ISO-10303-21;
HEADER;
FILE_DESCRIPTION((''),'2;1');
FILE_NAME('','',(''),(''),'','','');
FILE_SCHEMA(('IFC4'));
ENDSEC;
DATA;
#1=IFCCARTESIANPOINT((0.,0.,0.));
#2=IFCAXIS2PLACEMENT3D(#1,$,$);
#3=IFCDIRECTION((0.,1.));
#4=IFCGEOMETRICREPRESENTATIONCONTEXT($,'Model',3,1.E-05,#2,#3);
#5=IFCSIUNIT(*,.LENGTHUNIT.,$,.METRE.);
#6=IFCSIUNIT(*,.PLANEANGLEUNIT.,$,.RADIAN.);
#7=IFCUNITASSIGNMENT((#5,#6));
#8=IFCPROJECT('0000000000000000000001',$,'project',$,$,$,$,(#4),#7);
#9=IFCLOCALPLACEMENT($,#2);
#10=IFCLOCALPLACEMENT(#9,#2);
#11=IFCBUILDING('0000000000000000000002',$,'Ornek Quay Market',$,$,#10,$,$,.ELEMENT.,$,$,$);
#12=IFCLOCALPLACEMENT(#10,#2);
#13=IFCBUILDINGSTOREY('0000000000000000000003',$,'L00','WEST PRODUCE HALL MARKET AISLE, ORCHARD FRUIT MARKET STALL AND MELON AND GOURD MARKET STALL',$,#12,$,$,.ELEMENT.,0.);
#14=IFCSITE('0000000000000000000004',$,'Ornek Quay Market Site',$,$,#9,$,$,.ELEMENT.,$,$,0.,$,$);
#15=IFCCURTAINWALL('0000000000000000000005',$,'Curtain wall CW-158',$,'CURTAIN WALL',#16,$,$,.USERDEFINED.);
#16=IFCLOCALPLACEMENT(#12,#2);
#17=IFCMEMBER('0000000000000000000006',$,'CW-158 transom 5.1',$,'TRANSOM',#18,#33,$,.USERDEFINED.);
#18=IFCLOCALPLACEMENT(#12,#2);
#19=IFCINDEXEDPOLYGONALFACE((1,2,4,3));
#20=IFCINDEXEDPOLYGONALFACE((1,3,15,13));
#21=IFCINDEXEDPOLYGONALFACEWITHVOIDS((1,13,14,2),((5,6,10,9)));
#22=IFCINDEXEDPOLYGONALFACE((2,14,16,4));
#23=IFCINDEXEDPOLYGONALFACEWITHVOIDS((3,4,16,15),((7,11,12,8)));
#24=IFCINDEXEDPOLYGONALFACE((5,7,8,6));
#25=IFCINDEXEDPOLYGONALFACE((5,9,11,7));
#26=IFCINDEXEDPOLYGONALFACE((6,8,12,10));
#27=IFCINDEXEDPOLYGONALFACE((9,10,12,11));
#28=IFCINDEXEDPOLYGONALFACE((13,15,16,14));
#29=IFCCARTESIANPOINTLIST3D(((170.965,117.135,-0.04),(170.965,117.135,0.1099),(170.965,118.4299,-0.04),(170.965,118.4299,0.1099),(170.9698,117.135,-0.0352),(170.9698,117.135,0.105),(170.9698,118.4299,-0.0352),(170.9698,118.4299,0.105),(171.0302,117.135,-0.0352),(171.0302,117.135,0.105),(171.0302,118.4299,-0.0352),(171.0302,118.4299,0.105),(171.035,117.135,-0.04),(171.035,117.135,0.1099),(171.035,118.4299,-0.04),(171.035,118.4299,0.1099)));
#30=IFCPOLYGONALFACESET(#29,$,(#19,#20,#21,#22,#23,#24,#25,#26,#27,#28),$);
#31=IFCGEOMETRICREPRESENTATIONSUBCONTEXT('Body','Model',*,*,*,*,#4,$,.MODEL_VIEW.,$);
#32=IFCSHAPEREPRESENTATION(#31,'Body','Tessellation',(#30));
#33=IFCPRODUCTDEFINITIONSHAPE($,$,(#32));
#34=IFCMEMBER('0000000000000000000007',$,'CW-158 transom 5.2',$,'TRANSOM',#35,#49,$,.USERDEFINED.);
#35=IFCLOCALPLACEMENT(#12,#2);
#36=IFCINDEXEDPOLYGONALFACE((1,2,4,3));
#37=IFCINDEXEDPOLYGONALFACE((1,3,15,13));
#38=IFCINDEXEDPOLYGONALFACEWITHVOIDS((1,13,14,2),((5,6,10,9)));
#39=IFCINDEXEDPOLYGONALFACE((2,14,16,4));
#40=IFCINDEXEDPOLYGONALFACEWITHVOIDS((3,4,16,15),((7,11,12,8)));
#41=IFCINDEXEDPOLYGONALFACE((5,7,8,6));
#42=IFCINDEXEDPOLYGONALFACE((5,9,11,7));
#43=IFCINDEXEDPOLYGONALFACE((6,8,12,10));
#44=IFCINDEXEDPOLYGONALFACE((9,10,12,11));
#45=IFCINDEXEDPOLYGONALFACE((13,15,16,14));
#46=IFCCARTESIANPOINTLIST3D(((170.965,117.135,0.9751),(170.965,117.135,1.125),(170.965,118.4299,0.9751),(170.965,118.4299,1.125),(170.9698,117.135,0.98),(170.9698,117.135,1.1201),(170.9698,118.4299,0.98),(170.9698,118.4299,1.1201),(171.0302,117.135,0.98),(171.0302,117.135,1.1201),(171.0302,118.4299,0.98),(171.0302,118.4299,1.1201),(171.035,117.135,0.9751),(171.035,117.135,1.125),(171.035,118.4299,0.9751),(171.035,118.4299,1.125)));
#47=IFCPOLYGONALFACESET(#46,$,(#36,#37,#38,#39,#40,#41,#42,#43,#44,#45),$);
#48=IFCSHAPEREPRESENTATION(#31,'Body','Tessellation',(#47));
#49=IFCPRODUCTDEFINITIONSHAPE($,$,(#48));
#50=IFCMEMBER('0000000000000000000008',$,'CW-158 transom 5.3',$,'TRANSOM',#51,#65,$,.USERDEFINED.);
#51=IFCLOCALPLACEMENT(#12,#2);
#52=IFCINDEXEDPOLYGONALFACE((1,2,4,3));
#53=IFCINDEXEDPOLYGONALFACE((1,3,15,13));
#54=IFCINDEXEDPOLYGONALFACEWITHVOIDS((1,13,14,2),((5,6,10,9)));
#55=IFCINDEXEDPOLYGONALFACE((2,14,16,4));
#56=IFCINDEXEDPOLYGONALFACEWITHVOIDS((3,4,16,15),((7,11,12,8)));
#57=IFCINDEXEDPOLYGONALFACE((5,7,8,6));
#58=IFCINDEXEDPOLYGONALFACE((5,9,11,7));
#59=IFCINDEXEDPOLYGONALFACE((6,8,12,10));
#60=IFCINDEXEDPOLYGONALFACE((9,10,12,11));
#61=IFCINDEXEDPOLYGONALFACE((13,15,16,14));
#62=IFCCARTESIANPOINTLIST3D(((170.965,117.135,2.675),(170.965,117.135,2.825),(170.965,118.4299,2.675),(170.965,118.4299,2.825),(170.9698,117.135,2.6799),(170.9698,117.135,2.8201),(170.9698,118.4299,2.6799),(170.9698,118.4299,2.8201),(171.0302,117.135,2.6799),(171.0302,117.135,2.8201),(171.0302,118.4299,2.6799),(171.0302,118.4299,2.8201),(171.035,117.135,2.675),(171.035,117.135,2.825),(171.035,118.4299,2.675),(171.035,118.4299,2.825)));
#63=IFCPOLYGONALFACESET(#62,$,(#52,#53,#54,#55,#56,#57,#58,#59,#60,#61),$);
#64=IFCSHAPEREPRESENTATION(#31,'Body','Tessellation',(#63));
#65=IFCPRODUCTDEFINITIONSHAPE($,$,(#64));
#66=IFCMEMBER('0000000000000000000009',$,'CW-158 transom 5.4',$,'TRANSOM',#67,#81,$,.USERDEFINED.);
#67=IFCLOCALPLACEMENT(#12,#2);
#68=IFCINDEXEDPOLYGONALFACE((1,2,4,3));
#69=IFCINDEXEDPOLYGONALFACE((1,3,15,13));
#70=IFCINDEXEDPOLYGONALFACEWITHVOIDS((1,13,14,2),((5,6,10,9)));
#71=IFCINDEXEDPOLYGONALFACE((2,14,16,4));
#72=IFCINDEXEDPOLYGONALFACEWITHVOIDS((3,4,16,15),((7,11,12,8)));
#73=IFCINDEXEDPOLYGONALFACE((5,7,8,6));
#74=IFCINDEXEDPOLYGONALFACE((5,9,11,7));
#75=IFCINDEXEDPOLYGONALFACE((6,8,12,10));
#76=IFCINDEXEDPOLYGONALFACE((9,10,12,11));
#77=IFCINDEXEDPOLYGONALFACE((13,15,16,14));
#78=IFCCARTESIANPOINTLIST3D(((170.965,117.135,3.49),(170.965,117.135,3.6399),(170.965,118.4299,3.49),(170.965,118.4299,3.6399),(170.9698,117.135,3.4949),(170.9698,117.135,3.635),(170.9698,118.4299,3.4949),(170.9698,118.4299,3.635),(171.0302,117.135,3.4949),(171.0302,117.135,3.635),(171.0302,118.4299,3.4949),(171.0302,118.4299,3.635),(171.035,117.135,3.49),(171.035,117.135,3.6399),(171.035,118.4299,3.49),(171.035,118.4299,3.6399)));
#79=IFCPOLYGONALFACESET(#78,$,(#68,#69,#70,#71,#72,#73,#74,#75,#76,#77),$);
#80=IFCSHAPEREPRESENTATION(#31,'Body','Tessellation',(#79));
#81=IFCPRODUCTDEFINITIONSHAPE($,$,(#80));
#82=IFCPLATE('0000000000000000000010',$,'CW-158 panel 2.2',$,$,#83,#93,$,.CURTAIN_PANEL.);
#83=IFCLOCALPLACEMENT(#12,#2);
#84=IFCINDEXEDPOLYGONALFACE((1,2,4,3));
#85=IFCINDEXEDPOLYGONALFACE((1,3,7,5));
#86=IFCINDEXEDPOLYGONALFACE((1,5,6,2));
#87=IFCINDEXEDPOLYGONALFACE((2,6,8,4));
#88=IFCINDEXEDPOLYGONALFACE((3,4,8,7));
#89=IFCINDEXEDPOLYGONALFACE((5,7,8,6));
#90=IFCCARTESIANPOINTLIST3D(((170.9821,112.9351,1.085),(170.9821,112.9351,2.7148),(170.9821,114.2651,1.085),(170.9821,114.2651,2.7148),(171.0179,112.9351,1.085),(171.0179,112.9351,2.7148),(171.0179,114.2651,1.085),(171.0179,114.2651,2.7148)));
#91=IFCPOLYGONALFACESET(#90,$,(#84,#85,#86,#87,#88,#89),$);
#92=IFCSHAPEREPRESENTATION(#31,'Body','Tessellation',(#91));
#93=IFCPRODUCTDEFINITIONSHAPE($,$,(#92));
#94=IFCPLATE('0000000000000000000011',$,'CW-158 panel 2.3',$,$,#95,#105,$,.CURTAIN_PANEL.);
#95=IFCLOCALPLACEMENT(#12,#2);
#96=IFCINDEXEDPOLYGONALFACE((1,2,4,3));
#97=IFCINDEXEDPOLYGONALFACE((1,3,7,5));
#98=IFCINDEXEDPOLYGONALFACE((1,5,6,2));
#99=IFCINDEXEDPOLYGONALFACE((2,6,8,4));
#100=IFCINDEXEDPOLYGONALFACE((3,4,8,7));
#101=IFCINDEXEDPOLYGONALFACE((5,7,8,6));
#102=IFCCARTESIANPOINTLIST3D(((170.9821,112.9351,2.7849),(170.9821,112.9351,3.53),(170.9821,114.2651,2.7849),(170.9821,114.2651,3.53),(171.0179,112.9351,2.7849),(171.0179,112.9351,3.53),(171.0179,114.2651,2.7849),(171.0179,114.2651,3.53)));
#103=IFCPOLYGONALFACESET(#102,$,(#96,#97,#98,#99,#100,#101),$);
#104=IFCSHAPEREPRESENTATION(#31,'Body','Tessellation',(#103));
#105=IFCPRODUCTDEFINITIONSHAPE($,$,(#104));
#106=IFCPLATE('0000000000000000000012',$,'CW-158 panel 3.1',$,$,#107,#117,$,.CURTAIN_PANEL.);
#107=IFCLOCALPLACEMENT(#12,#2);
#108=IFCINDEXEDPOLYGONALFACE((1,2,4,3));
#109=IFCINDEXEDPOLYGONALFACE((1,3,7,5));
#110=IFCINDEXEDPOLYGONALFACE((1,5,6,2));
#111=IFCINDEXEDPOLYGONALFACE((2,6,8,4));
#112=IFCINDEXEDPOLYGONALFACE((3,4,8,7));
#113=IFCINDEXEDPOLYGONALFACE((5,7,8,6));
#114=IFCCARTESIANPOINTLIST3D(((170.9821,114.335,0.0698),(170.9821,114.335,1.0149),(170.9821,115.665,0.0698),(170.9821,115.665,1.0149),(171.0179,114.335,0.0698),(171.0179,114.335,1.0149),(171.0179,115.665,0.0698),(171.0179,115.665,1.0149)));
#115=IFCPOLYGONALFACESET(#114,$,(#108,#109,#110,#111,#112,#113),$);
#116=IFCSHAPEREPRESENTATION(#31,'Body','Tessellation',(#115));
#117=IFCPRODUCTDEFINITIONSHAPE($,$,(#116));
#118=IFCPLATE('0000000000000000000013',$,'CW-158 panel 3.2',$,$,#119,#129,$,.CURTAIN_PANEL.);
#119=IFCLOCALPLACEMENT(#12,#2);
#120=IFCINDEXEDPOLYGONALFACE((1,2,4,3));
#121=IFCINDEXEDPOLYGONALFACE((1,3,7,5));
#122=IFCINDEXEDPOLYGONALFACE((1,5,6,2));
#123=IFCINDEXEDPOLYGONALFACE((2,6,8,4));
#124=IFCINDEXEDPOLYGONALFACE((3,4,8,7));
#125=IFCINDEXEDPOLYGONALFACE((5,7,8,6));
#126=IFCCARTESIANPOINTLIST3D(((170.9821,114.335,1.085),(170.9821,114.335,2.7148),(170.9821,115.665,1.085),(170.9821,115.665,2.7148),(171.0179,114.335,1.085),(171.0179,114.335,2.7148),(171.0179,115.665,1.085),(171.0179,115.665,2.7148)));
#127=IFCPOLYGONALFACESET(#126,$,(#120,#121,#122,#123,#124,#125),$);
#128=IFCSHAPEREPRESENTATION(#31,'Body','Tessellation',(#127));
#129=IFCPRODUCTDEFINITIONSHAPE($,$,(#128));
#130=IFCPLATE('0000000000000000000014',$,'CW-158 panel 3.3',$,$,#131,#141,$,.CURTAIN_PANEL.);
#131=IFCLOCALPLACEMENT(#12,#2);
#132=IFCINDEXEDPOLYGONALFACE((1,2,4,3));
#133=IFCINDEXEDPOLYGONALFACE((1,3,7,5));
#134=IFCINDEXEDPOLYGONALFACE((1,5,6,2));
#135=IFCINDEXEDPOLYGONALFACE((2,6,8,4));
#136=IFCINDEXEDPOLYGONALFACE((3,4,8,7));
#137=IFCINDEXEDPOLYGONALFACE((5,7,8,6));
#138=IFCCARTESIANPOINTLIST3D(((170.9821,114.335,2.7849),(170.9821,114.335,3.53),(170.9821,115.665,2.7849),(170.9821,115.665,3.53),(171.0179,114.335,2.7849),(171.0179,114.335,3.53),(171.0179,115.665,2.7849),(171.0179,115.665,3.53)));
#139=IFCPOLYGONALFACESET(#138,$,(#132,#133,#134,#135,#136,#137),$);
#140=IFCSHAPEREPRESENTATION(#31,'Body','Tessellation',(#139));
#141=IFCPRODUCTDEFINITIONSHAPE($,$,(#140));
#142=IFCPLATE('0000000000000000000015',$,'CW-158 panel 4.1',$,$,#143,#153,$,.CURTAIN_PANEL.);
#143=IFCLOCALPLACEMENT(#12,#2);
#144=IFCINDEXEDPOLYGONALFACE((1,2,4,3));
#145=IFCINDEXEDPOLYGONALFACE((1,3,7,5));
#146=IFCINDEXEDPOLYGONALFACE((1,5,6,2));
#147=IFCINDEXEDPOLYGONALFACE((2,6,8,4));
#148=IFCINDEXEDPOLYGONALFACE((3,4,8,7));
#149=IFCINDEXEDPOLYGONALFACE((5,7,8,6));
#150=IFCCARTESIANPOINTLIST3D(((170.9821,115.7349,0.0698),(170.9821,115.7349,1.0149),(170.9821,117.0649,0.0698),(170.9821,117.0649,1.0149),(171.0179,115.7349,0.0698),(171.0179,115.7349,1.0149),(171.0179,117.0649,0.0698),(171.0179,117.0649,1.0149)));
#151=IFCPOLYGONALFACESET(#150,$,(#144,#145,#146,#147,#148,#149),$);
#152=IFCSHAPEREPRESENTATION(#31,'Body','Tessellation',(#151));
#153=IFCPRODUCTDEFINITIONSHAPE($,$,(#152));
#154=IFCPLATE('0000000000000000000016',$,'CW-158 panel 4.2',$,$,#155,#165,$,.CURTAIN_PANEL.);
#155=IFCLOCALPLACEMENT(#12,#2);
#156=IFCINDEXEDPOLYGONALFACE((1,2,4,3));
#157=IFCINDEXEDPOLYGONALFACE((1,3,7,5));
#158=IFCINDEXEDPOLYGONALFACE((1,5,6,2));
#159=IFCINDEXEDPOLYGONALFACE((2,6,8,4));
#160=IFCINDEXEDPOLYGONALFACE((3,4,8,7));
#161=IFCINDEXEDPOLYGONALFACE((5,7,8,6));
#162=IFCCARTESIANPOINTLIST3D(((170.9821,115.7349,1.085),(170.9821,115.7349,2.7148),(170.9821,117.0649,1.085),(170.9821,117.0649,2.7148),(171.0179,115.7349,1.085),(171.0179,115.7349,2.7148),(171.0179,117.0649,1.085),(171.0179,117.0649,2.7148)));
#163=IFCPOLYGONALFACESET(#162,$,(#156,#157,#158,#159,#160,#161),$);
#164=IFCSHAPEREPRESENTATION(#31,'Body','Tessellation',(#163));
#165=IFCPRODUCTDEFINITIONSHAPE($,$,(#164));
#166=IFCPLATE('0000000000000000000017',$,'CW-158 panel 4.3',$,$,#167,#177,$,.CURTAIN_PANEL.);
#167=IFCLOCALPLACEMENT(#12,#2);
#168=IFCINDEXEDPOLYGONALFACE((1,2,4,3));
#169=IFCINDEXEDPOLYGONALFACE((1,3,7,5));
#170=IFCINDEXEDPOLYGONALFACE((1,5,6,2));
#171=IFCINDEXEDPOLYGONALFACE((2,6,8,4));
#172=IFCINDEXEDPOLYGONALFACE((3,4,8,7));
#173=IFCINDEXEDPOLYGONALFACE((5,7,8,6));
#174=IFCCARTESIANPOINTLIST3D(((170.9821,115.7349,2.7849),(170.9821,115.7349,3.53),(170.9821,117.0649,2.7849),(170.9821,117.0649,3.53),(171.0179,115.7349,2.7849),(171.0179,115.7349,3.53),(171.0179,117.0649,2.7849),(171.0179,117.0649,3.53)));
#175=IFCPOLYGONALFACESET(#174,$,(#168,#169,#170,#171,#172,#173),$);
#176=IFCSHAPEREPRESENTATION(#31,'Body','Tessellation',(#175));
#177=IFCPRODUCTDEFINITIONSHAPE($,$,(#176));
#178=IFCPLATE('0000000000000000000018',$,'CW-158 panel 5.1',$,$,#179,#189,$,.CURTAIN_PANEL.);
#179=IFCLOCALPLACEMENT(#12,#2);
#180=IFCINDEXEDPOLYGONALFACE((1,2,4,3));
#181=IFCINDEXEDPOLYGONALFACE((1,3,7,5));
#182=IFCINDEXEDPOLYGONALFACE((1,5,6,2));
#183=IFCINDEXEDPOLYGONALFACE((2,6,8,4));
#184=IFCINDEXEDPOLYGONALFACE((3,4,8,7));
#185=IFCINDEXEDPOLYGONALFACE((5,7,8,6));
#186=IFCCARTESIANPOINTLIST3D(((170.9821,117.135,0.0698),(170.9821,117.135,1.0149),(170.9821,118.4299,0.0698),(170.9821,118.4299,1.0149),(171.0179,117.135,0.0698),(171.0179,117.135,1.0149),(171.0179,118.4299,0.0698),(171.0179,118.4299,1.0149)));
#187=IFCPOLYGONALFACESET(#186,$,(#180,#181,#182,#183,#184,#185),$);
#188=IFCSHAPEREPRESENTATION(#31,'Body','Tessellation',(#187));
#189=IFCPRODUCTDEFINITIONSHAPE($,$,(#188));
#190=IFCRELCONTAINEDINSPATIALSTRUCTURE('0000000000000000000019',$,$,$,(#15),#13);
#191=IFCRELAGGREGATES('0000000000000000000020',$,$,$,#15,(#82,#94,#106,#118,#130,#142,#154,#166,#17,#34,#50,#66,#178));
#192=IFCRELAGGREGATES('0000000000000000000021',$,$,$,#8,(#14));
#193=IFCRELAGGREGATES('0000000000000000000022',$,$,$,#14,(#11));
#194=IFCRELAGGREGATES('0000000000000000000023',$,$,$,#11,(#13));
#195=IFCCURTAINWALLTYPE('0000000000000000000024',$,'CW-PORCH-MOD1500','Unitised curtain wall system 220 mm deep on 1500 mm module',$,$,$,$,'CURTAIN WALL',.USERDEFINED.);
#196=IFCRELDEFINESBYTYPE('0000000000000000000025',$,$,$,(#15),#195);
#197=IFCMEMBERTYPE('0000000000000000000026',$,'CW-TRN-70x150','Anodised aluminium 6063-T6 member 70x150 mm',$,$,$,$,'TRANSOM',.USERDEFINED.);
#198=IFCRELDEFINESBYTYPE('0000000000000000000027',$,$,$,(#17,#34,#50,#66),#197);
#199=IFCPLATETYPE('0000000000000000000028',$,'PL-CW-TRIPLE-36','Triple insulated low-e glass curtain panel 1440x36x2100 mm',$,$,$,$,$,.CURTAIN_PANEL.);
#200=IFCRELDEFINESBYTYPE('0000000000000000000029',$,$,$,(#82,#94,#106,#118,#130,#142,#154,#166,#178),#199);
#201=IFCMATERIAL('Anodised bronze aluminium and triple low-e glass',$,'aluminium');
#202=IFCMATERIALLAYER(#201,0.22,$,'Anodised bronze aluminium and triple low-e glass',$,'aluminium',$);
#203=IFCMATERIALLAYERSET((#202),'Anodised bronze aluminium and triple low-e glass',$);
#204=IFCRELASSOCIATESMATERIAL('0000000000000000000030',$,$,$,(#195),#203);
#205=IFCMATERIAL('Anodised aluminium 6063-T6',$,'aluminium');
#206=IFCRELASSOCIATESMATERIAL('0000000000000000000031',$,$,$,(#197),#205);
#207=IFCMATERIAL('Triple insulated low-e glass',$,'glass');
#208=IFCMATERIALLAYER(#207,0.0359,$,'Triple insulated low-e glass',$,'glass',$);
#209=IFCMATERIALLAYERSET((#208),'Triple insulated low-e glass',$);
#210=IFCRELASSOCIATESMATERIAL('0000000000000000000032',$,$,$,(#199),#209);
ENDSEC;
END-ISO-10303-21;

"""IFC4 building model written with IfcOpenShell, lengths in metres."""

from ifc_helpers import new_model, si_unit, direction, frame, origin, origin_2d, place, context, subcontext, project, spatial, rectangle, hollow_rectangle, extrude, material, layer, layer_set, material_profile, profile_set, type_object, element, aggregate, save


model = new_model("IFC4")

# Units and contexts
model_context = context("Model", 3, precision=1e-05, world=origin(), true_north=direction((0.0, 1.0)))
body_context = subcontext(model_context, "Body", "Model", "MODEL_VIEW")
ifc_project = project(units=[si_unit("LENGTHUNIT", "METRE"), si_unit("PLANEANGLEUNIT", "RADIAN")], contexts=[model_context])

# Site, building, storey
site_placement = place(None, origin())
site = spatial("IfcSite", under=ifc_project, at=site_placement, Name="Ornek Quay Market Site", CompositionType="ELEMENT", RefElevation=0.0)
building_placement = place(site_placement, origin())
building = spatial("IfcBuilding", under=site, at=building_placement, Name="Ornek Quay Market", CompositionType="ELEMENT")
storey_placement = place(building_placement, origin())
storey = spatial("IfcBuildingStorey", under=building, at=storey_placement, Name="L00", Description="WEST PRODUCE HALL MARKET AISLE, ORCHARD FRUIT MARKET STALL AND MELON AND GOURD MARKET STALL", CompositionType="ELEMENT", Elevation=0.0)

# Curtain wall, members, plates
ifc_material_1 = material(Name="Anodised bronze aluminium and triple low-e glass", Category="aluminium")
ifc_layer_1 = layer(ifc_material_1, 0.22, Name="Anodised bronze aluminium and triple low-e glass", Category="aluminium")
ifc_layer_set_1 = layer_set([ifc_layer_1], Name="Anodised bronze aluminium and triple low-e glass")
curtain_wall_type = type_object("IfcCurtainWallType", Name="CW-PORCH-MOD1500", Description="Unitised curtain wall system 220 mm deep on 1500 mm module", ElementType="CURTAIN WALL", PredefinedType="USERDEFINED", material=ifc_layer_set_1)
curtain_wall_placement = place(storey_placement, origin())
curtain_wall = element("IfcCurtainWall", 1, at=curtain_wall_placement, inside=storey, type_object=curtain_wall_type, Name="Curtain wall CW-158", ObjectType="CURTAIN WALL", PredefinedType="USERDEFINED")
ifc_material_2 = material(Name="Anodised aluminium 6063-T6", Category="aluminium")
ifc_material_profile_1 = material_profile(ifc_material_2, hollow_rectangle(XDim=0.0701, YDim=0.1499, WallThickness=0.0049, at=origin_2d()), Name="CW-TRN-70x150", Category="aluminium")
ifc_profile_set_1 = profile_set([ifc_material_profile_1], Name="Anodised aluminium 6063-T6")
member_type_1 = type_object("IfcMemberType", Name="CW-TRN-70x150", Description="Anodised aluminium 6063-T6 member 70x150 mm", ElementType="TRANSOM", PredefinedType="USERDEFINED", material=ifc_profile_set_1)
member_1_placement = place(storey_placement, frame((171.0, 117.135, 0.0349), z_axis=(0.0, 1.0, 0.0), x_axis=(-1.0, 0.0, 0.0)))
member_1 = element("IfcMember", 2, at=member_1_placement, type_object=member_type_1, Name="CW-158 transom 5.1", ObjectType="TRANSOM", PredefinedType="USERDEFINED", context=body_context, shape_type="SweptSolid", body=[
    extrude(hollow_rectangle(XDim=0.0701, YDim=0.1499, WallThickness=0.0049, at=origin_2d()), origin(), (0.0, 0.0, 1.0), 1.2949),
])
member_2_placement = place(storey_placement, frame((171.0, 117.135, 1.05), z_axis=(0.0, 1.0, 0.0), x_axis=(-1.0, 0.0, 0.0)))
member_2 = element("IfcMember", 3, at=member_2_placement, type_object=member_type_1, Name="CW-158 transom 5.2", ObjectType="TRANSOM", PredefinedType="USERDEFINED", context=body_context, shape_type="SweptSolid", body=[
    extrude(hollow_rectangle(XDim=0.0701, YDim=0.1499, WallThickness=0.0049, at=origin_2d()), origin(), (0.0, 0.0, 1.0), 1.2949),
])
member_3_placement = place(storey_placement, frame((171.0, 117.135, 2.75), z_axis=(0.0, 1.0, 0.0), x_axis=(-1.0, 0.0, 0.0)))
member_3 = element("IfcMember", 4, at=member_3_placement, type_object=member_type_1, Name="CW-158 transom 5.3", ObjectType="TRANSOM", PredefinedType="USERDEFINED", context=body_context, shape_type="SweptSolid", body=[
    extrude(hollow_rectangle(XDim=0.0701, YDim=0.1499, WallThickness=0.0049, at=origin_2d()), origin(), (0.0, 0.0, 1.0), 1.2949),
])
member_4_placement = place(storey_placement, frame((171.0, 117.135, 3.5649), z_axis=(0.0, 1.0, 0.0), x_axis=(-1.0, 0.0, 0.0)))
member_4 = element("IfcMember", 5, at=member_4_placement, type_object=member_type_1, Name="CW-158 transom 5.4", ObjectType="TRANSOM", PredefinedType="USERDEFINED", context=body_context, shape_type="SweptSolid", body=[
    extrude(hollow_rectangle(XDim=0.0701, YDim=0.1499, WallThickness=0.0049, at=origin_2d()), origin(), (0.0, 0.0, 1.0), 1.2949),
])
ifc_material_3 = material(Name="Triple insulated low-e glass", Category="glass")
ifc_layer_2 = layer(ifc_material_3, 0.0359, Name="Triple insulated low-e glass", Category="glass")
ifc_layer_set_2 = layer_set([ifc_layer_2], Name="Triple insulated low-e glass")
plate_type_1 = type_object("IfcPlateType", Name="PL-CW-TRIPLE-36", Description="Triple insulated low-e glass curtain panel 1440x36x2100 mm", PredefinedType="CURTAIN_PANEL", material=ifc_layer_set_2)
plate_1_placement = place(storey_placement, frame((171.0, 113.6001, 1.085), z_axis=(0.0, 0.0, 1.0), x_axis=(0.0, 1.0, 0.0)))
plate_1 = element("IfcPlate", 6, at=plate_1_placement, type_object=plate_type_1, Name="CW-158 panel 2.2", PredefinedType="CURTAIN_PANEL", context=body_context, shape_type="SweptSolid", body=[
    extrude(rectangle(XDim=1.3301, YDim=0.0359, at=origin_2d()), origin(), (0.0, 0.0, 1.0), 1.6299),
])
plate_2_placement = place(storey_placement, frame((171.0, 113.6001, 2.7849), z_axis=(0.0, 0.0, 1.0), x_axis=(0.0, 1.0, 0.0)))
plate_2 = element("IfcPlate", 7, at=plate_2_placement, type_object=plate_type_1, Name="CW-158 panel 2.3", PredefinedType="CURTAIN_PANEL", context=body_context, shape_type="SweptSolid", body=[
    extrude(rectangle(XDim=1.3301, YDim=0.0359, at=origin_2d()), origin(), (0.0, 0.0, 1.0), 0.7451),
])
plate_3_placement = place(storey_placement, frame((171.0, 115.0, 0.0698), z_axis=(0.0, 0.0, 1.0), x_axis=(0.0, 1.0, 0.0)))
plate_3 = element("IfcPlate", 8, at=plate_3_placement, type_object=plate_type_1, Name="CW-158 panel 3.1", PredefinedType="CURTAIN_PANEL", context=body_context, shape_type="SweptSolid", body=[
    extrude(rectangle(XDim=1.3301, YDim=0.0359, at=origin_2d()), origin(), (0.0, 0.0, 1.0), 0.9451),
])
plate_4_placement = place(storey_placement, frame((171.0, 115.0, 1.085), z_axis=(0.0, 0.0, 1.0), x_axis=(0.0, 1.0, 0.0)))
plate_4 = element("IfcPlate", 9, at=plate_4_placement, type_object=plate_type_1, Name="CW-158 panel 3.2", PredefinedType="CURTAIN_PANEL", context=body_context, shape_type="SweptSolid", body=[
    extrude(rectangle(XDim=1.3301, YDim=0.0359, at=origin_2d()), origin(), (0.0, 0.0, 1.0), 1.6299),
])
plate_5_placement = place(storey_placement, frame((171.0, 115.0, 2.7849), z_axis=(0.0, 0.0, 1.0), x_axis=(0.0, 1.0, 0.0)))
plate_5 = element("IfcPlate", 10, at=plate_5_placement, type_object=plate_type_1, Name="CW-158 panel 3.3", PredefinedType="CURTAIN_PANEL", context=body_context, shape_type="SweptSolid", body=[
    extrude(rectangle(XDim=1.3301, YDim=0.0359, at=origin_2d()), origin(), (0.0, 0.0, 1.0), 0.7451),
])
plate_6_placement = place(storey_placement, frame((171.0, 116.3999, 0.0698), z_axis=(0.0, 0.0, 1.0), x_axis=(0.0, 1.0, 0.0)))
plate_6 = element("IfcPlate", 11, at=plate_6_placement, type_object=plate_type_1, Name="CW-158 panel 4.1", PredefinedType="CURTAIN_PANEL", context=body_context, shape_type="SweptSolid", body=[
    extrude(rectangle(XDim=1.3301, YDim=0.0359, at=origin_2d()), origin(), (0.0, 0.0, 1.0), 0.9451),
])
plate_7_placement = place(storey_placement, frame((171.0, 116.3999, 1.085), z_axis=(0.0, 0.0, 1.0), x_axis=(0.0, 1.0, 0.0)))
plate_7 = element("IfcPlate", 12, at=plate_7_placement, type_object=plate_type_1, Name="CW-158 panel 4.2", PredefinedType="CURTAIN_PANEL", context=body_context, shape_type="SweptSolid", body=[
    extrude(rectangle(XDim=1.3301, YDim=0.0359, at=origin_2d()), origin(), (0.0, 0.0, 1.0), 1.6299),
])
plate_8_placement = place(storey_placement, frame((171.0, 116.3999, 2.7849), z_axis=(0.0, 0.0, 1.0), x_axis=(0.0, 1.0, 0.0)))
plate_8 = element("IfcPlate", 13, at=plate_8_placement, type_object=plate_type_1, Name="CW-158 panel 4.3", PredefinedType="CURTAIN_PANEL", context=body_context, shape_type="SweptSolid", body=[
    extrude(rectangle(XDim=1.3301, YDim=0.0359, at=origin_2d()), origin(), (0.0, 0.0, 1.0), 0.7451),
])
plate_9_placement = place(storey_placement, frame((171.0, 117.7825, 0.0698), z_axis=(0.0, 0.0, 1.0), x_axis=(0.0, 1.0, 0.0)))
plate_9 = element("IfcPlate", 14, at=plate_9_placement, type_object=plate_type_1, Name="CW-158 panel 5.1", PredefinedType="CURTAIN_PANEL", context=body_context, shape_type="SweptSolid", body=[
    extrude(rectangle(XDim=1.2949, YDim=0.0359, at=origin_2d()), origin(), (0.0, 0.0, 1.0), 0.9451),
])
aggregate(curtain_wall, [plate_1, plate_2, plate_3, plate_4, plate_5, plate_6, plate_7, plate_8, member_1, member_2, member_3, member_4, plate_9])

save(model, "model.ifc")
